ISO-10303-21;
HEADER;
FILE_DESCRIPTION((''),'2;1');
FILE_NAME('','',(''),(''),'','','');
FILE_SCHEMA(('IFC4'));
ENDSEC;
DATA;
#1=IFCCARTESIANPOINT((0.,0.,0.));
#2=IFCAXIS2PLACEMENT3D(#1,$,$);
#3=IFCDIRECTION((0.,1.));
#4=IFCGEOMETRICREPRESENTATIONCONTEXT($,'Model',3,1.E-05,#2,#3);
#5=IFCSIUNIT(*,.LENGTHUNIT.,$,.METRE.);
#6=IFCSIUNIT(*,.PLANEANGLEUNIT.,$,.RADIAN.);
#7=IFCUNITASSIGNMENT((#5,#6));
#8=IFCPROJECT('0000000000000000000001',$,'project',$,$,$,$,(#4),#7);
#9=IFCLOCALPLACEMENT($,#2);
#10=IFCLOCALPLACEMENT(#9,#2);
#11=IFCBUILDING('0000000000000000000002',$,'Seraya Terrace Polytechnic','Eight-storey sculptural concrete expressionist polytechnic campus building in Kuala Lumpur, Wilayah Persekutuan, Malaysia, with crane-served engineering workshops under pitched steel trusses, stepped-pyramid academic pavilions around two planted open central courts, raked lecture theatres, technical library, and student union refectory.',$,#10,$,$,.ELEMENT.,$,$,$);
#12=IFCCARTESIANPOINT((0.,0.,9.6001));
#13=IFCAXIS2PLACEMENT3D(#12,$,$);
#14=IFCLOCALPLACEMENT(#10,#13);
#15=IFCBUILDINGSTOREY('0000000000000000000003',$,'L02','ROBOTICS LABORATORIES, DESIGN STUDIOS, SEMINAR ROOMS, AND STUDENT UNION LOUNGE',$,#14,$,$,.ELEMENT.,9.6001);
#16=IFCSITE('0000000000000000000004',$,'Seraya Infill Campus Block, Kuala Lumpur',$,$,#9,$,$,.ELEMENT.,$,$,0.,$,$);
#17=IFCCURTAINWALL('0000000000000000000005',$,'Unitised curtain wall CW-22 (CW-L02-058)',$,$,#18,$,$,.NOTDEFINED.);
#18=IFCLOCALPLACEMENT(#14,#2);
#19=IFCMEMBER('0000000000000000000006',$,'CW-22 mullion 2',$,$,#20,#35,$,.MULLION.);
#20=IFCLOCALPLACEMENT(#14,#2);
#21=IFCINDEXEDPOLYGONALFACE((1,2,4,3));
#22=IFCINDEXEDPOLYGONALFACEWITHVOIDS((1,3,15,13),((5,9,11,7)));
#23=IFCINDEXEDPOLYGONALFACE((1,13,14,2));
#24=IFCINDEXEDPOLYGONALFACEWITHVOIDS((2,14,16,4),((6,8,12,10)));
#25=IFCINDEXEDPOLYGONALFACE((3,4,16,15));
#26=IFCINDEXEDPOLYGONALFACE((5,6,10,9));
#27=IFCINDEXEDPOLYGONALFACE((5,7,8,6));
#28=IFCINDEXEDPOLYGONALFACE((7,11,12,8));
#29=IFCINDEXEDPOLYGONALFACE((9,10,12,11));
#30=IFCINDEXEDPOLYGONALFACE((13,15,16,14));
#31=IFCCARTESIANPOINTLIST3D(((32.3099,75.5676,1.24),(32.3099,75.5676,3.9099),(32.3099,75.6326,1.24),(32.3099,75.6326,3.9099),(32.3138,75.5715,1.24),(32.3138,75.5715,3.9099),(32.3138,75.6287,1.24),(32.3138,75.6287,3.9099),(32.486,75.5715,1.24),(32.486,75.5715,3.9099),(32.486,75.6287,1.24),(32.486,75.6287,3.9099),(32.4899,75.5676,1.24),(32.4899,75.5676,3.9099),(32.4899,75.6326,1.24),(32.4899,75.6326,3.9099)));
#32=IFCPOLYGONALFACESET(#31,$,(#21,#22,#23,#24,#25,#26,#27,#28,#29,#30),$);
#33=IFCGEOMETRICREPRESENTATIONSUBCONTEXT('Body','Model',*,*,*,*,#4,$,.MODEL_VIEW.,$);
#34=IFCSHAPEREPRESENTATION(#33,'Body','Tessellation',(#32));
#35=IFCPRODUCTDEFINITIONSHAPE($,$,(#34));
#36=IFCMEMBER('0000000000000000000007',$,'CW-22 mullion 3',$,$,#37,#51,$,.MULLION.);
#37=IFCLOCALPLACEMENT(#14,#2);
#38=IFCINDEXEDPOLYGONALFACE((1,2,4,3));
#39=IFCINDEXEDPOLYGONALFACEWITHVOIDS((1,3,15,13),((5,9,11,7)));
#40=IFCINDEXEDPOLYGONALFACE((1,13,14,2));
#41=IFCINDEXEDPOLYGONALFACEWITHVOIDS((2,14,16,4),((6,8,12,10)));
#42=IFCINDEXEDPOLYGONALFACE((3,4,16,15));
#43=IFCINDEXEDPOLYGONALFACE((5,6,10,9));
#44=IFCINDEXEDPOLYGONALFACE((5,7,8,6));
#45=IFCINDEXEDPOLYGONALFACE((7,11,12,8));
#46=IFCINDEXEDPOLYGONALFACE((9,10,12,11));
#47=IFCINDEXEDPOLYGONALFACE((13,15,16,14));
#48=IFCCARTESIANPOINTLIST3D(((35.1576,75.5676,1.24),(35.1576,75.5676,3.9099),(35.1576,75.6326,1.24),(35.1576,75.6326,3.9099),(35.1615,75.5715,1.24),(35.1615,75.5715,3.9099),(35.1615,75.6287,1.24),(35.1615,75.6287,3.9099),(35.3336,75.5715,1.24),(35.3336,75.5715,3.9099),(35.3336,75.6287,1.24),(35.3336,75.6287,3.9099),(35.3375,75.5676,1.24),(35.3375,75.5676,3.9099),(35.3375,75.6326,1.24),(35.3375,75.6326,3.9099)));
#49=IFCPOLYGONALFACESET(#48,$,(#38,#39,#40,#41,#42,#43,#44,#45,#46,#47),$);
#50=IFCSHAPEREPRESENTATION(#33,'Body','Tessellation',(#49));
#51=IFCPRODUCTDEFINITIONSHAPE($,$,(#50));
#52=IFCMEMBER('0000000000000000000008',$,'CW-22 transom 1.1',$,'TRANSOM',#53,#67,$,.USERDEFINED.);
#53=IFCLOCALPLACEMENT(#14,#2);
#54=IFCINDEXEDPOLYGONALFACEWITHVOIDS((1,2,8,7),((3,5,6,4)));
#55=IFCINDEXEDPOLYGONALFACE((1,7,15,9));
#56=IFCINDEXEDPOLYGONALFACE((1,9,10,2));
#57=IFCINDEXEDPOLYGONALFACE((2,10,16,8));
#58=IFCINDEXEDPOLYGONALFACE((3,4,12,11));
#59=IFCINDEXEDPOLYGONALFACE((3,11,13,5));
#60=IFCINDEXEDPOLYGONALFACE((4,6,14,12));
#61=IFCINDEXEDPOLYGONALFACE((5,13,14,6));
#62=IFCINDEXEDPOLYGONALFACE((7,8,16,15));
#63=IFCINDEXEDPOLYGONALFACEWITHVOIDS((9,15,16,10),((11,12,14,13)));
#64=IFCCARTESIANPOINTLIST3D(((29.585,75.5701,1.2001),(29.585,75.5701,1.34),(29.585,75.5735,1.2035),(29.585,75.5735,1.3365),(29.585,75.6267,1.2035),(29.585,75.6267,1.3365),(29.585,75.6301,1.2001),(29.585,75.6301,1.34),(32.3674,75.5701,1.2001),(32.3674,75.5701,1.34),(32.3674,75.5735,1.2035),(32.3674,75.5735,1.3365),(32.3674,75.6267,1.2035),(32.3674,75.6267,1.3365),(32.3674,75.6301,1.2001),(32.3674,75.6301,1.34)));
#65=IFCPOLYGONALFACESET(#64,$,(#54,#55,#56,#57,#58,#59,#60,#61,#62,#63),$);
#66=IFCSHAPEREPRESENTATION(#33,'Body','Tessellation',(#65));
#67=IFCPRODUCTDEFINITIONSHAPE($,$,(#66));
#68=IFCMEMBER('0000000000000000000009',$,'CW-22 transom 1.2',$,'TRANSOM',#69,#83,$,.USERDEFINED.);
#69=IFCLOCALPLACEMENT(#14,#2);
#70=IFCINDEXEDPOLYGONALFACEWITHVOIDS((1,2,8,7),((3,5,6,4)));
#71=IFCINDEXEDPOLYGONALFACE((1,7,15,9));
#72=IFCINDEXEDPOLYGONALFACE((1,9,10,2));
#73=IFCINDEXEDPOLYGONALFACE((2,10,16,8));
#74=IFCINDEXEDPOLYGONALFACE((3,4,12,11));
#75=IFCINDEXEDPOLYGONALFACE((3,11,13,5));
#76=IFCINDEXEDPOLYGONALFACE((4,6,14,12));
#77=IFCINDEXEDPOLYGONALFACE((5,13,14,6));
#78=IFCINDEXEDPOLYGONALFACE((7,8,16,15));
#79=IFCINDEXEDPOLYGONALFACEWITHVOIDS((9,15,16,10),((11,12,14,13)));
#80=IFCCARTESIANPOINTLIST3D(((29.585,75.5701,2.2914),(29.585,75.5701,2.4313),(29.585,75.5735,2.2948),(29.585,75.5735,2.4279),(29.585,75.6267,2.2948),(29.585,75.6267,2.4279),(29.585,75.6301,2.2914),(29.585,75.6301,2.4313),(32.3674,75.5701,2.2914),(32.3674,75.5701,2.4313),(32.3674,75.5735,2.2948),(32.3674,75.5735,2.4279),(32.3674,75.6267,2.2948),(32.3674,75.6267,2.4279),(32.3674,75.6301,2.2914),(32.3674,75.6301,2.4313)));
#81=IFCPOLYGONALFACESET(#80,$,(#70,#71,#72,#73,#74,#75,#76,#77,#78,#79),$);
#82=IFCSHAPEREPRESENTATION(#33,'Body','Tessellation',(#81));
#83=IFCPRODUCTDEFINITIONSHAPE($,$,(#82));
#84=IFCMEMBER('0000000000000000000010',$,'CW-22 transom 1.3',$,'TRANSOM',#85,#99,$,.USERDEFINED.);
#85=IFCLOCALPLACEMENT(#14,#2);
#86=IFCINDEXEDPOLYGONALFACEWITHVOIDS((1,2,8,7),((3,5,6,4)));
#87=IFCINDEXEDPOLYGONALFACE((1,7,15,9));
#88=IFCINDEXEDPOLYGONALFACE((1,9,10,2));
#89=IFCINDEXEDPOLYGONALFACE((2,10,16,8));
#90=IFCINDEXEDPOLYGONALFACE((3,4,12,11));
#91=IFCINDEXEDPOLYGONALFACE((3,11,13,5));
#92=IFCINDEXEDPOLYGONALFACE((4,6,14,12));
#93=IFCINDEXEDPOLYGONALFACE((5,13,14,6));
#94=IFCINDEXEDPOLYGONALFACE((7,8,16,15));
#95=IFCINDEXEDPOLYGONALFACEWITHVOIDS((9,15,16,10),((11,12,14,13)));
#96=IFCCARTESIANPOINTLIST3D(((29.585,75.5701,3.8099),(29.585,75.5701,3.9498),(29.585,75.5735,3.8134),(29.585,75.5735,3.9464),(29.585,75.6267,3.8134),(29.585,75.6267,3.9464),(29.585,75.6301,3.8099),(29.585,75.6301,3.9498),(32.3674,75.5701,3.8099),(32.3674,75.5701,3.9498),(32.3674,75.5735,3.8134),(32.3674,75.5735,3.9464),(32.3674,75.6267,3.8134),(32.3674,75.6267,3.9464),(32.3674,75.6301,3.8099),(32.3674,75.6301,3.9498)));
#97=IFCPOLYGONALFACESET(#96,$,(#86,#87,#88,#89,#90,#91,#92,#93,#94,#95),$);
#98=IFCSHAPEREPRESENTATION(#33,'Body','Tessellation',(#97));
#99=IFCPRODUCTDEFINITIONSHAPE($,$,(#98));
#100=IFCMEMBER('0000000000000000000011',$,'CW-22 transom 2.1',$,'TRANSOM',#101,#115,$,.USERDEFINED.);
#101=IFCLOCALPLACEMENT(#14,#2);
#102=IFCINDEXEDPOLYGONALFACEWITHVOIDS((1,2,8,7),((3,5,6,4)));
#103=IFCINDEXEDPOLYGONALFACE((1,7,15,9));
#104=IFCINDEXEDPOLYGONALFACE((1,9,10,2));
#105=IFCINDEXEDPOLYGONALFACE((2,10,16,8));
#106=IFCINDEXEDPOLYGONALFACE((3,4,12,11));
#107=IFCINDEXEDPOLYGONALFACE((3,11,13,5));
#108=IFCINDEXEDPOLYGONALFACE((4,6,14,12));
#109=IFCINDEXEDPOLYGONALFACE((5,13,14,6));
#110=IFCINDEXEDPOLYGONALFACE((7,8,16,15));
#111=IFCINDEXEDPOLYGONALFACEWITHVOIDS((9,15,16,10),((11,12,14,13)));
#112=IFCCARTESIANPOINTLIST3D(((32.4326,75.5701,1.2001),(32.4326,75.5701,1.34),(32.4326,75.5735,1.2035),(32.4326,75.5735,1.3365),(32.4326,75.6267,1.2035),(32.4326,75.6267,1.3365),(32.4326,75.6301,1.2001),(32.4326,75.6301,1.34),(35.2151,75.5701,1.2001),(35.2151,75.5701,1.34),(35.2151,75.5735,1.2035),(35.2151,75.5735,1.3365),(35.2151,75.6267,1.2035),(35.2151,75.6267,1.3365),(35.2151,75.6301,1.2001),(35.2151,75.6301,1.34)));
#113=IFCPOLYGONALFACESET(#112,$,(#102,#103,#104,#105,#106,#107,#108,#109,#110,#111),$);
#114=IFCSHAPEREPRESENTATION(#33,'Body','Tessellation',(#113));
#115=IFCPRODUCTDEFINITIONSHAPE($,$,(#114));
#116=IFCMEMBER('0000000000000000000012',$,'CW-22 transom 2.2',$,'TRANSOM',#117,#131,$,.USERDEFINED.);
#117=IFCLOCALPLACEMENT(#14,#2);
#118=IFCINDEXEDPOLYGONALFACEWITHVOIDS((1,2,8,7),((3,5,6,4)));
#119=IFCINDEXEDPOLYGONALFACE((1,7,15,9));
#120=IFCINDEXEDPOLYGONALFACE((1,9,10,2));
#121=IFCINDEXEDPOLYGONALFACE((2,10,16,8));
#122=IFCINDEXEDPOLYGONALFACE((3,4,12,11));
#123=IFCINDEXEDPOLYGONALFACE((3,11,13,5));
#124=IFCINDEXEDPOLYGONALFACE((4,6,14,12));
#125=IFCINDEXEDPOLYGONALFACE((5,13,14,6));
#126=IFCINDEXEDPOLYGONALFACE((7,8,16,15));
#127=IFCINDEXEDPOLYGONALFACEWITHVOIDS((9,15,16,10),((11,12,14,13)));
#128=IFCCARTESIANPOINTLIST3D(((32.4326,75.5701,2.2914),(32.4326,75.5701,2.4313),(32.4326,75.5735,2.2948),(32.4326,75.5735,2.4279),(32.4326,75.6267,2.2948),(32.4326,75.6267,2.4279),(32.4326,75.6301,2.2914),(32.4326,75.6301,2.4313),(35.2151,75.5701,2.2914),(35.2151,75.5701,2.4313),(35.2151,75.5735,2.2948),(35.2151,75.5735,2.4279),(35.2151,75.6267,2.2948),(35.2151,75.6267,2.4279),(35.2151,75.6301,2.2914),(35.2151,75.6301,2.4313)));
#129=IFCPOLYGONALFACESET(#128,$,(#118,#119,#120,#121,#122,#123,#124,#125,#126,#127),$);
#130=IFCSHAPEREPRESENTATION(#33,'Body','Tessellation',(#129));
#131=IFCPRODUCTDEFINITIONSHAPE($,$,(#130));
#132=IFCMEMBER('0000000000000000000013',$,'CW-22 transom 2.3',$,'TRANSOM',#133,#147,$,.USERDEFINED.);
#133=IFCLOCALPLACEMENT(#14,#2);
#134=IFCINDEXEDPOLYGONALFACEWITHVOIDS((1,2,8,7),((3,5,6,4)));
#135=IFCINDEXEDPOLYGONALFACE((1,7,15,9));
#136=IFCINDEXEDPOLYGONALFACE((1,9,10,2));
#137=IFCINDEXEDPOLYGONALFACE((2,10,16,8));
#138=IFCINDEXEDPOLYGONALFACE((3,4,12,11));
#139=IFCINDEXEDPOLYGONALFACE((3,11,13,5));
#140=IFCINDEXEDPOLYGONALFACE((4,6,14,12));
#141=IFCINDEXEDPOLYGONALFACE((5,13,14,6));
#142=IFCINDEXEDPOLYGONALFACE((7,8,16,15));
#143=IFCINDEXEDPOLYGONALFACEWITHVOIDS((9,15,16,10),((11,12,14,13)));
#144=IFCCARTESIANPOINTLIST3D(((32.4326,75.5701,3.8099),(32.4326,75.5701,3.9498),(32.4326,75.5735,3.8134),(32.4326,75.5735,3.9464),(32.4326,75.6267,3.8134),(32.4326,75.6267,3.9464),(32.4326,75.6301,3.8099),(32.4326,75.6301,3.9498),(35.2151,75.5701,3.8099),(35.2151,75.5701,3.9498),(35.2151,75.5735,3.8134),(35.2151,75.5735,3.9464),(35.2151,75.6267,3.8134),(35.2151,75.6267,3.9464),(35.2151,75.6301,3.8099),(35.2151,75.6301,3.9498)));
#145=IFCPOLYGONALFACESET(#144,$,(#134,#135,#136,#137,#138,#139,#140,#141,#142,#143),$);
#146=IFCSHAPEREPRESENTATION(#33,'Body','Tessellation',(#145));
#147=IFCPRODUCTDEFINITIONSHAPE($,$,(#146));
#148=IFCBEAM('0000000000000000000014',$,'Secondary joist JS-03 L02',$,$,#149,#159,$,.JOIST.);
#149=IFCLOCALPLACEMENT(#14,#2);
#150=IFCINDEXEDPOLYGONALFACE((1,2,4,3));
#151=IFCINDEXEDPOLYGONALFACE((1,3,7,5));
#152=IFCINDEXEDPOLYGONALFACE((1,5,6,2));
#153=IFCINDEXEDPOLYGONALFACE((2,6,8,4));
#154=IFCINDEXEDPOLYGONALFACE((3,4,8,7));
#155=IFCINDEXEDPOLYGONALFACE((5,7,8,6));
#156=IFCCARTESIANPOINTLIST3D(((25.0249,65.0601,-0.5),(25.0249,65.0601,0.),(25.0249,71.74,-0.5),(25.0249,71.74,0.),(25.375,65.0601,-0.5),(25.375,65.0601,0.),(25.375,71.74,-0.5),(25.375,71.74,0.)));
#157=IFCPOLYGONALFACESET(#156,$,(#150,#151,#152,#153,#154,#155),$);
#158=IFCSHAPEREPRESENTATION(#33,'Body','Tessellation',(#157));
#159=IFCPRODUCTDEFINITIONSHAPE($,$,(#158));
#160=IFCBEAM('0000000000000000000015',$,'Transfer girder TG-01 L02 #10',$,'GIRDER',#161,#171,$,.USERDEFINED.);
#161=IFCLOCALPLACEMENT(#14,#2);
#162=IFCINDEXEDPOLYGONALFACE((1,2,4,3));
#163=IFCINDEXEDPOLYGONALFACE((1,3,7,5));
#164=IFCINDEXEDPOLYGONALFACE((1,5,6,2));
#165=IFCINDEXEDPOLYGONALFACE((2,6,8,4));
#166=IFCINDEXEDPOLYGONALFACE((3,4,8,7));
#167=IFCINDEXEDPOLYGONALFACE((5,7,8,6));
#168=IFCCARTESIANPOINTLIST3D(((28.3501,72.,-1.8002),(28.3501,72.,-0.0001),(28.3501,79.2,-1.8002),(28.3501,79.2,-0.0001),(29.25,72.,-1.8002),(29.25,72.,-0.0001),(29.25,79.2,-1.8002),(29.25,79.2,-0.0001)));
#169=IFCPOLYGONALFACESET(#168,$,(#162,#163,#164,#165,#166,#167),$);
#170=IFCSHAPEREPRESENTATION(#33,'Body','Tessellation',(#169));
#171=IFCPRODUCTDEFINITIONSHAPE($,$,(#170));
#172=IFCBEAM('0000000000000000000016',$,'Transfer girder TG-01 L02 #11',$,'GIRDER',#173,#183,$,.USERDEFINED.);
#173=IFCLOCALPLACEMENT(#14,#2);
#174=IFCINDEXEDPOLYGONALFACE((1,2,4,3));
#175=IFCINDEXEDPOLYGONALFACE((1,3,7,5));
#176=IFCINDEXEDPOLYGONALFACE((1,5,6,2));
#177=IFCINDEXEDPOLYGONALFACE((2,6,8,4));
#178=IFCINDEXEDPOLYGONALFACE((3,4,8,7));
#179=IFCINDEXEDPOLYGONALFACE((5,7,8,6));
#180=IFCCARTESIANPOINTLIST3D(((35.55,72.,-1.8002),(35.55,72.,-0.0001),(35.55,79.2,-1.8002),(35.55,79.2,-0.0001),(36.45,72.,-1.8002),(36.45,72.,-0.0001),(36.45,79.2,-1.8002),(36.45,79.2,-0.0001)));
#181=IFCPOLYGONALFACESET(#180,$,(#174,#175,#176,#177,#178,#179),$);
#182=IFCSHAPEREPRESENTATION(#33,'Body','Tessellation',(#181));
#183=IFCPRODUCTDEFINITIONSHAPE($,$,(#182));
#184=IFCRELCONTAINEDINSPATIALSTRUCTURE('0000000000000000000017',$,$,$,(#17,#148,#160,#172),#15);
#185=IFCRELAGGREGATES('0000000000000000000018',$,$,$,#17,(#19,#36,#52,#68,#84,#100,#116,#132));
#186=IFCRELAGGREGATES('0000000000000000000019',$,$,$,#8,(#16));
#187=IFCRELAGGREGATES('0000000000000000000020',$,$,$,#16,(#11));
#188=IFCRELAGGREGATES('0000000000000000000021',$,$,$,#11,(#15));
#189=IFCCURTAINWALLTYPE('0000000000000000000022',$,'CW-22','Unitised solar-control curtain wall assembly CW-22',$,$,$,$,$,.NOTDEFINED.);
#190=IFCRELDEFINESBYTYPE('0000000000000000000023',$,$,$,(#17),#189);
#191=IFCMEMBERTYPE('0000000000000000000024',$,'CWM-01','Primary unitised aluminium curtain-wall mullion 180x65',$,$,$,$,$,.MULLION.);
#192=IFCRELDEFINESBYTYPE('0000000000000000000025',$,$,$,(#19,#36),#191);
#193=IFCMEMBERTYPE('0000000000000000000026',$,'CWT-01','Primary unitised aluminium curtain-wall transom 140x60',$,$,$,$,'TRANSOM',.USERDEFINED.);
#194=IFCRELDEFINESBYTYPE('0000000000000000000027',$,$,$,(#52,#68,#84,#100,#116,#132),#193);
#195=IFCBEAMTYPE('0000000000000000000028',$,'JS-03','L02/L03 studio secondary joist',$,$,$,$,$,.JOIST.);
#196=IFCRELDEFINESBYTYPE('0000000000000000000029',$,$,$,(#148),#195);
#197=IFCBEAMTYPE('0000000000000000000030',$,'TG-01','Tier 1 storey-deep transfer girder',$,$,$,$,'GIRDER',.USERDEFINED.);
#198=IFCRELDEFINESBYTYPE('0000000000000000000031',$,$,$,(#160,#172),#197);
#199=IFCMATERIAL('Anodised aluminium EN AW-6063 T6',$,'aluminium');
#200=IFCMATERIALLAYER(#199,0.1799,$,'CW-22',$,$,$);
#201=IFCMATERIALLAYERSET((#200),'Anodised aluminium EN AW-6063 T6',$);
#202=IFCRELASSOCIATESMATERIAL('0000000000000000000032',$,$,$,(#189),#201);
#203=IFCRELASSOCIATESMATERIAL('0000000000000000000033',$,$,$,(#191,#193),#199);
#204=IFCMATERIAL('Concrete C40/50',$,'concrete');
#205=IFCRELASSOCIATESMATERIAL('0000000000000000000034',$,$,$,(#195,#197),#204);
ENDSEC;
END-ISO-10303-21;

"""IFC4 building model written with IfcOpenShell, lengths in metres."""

from ifc_helpers import new_model, si_unit, direction, frame, origin, origin_2d, place, context, subcontext, project, spatial, rectangle, hollow_rectangle, extrude, material, layer, layer_set, material_profile, profile_set, type_object, element, aggregate, save


model = new_model("IFC4")

# Units and contexts
model_context = context("Model", 3, precision=1e-05, world=origin(), true_north=direction((0.0, 1.0)))
body_context = subcontext(model_context, "Body", "Model", "MODEL_VIEW")
ifc_project = project(units=[si_unit("LENGTHUNIT", "METRE"), si_unit("PLANEANGLEUNIT", "RADIAN")], contexts=[model_context])

# Site, building, storey
site_placement = place(None, origin())
site = spatial("IfcSite", under=ifc_project, at=site_placement, Name="Seraya Infill Campus Block, Kuala Lumpur", CompositionType="ELEMENT", RefElevation=0.0)
building_placement = place(site_placement, origin())
building = spatial("IfcBuilding", under=site, at=building_placement, Name="Seraya Terrace Polytechnic", Description="Eight-storey sculptural concrete expressionist polytechnic campus building in Kuala Lumpur, Wilayah Persekutuan, Malaysia, with crane-served engineering workshops under pitched steel trusses, stepped-pyramid academic pavilions around two planted open central courts, raked lecture theatres, technical library, and student union refectory.", CompositionType="ELEMENT")
storey_placement = place(building_placement, frame((0.0, 0.0, 9.6001)))
storey = spatial("IfcBuildingStorey", under=building, at=storey_placement, Name="L02", Description="ROBOTICS LABORATORIES, DESIGN STUDIOS, SEMINAR ROOMS, AND STUDENT UNION LOUNGE", CompositionType="ELEMENT", Elevation=9.6001)

# Shared definitions
ifc_material_1 = material(Name="Concrete C40/50", Category="concrete")

# Curtain wall, members
ifc_material_2 = material(Name="Anodised aluminium EN AW-6063 T6", Category="aluminium")
ifc_layer_1 = layer(ifc_material_2, 0.1799, Name="CW-22")
ifc_layer_set_1 = layer_set([ifc_layer_1], Name="Anodised aluminium EN AW-6063 T6")
curtain_wall_type = type_object("IfcCurtainWallType", Name="CW-22", Description="Unitised solar-control curtain wall assembly CW-22", PredefinedType="NOTDEFINED", material=ifc_layer_set_1)
curtain_wall_placement = place(storey_placement, origin())
curtain_wall = element("IfcCurtainWall", 1, at=curtain_wall_placement, inside=storey, type_object=curtain_wall_type, Name="Unitised curtain wall CW-22 (CW-L02-058)", PredefinedType="NOTDEFINED")
ifc_material_profile_1 = material_profile(ifc_material_2, hollow_rectangle(XDim=0.0649, YDim=0.1799, WallThickness=0.0039, at=origin_2d()), Name="RHS 180x65x4.0")
ifc_profile_set_1 = profile_set([ifc_material_profile_1], Name="Anodised aluminium EN AW-6063 T6")
member_type_1 = type_object("IfcMemberType", Name="CWM-01", Description="Primary unitised aluminium curtain-wall mullion 180x65", PredefinedType="MULLION", material=ifc_profile_set_1)
member_1_placement = place(storey_placement, frame((32.3999, 75.6001, 1.24), z_axis=(0.0, 0.0, 1.0), x_axis=(0.0, 1.0, 0.0)))
member_1 = element("IfcMember", 2, at=member_1_placement, type_object=member_type_1, Name="CW-22 mullion 2", PredefinedType="MULLION", context=body_context, shape_type="SweptSolid", body=[
    extrude(hollow_rectangle(XDim=0.0649, YDim=0.1799, WallThickness=0.0039, at=origin_2d()), origin(), (0.0, 0.0, 1.0), 2.6699),
])
member_2_placement = place(storey_placement, frame((35.2476, 75.6001, 1.24), z_axis=(0.0, 0.0, 1.0), x_axis=(0.0, 1.0, 0.0)))
member_2 = element("IfcMember", 3, at=member_2_placement, type_object=member_type_1, Name="CW-22 mullion 3", PredefinedType="MULLION", context=body_context, shape_type="SweptSolid", body=[
    extrude(hollow_rectangle(XDim=0.0649, YDim=0.1799, WallThickness=0.0039, at=origin_2d()), origin(), (0.0, 0.0, 1.0), 2.6699),
])
ifc_material_profile_2 = material_profile(ifc_material_2, hollow_rectangle(XDim=0.0601, YDim=0.1399, WallThickness=0.0034, at=origin_2d()), Name="RHS 140x60x3.5")
ifc_profile_set_2 = profile_set([ifc_material_profile_2], Name="Anodised aluminium EN AW-6063 T6")
member_type_2 = type_object("IfcMemberType", Name="CWT-01", Description="Primary unitised aluminium curtain-wall transom 140x60", ElementType="TRANSOM", PredefinedType="USERDEFINED", material=ifc_profile_set_2)
member_3_placement = place(storey_placement, frame((29.585, 75.6001, 1.27), z_axis=(1.0, 0.0, 0.0), x_axis=(0.0, 1.0, 0.0)))
member_3 = element("IfcMember", 4, at=member_3_placement, type_object=member_type_2, Name="CW-22 transom 1.1", ObjectType="TRANSOM", PredefinedType="USERDEFINED", context=body_context, shape_type="SweptSolid", body=[
    extrude(hollow_rectangle(XDim=0.0601, YDim=0.1399, WallThickness=0.0034, at=origin_2d()), origin(), (0.0, 0.0, 1.0), 2.7825),
])
member_4_placement = place(storey_placement, frame((29.585, 75.6001, 2.3613), z_axis=(1.0, 0.0, 0.0), x_axis=(0.0, 1.0, 0.0)))
member_4 = element("IfcMember", 5, at=member_4_placement, type_object=member_type_2, Name="CW-22 transom 1.2", ObjectType="TRANSOM", PredefinedType="USERDEFINED", context=body_context, shape_type="SweptSolid", body=[
    extrude(hollow_rectangle(XDim=0.0601, YDim=0.1399, WallThickness=0.0034, at=origin_2d()), origin(), (0.0, 0.0, 1.0), 2.7825),
])
member_5_placement = place(storey_placement, frame((29.585, 75.6001, 3.8799), z_axis=(1.0, 0.0, 0.0), x_axis=(0.0, 1.0, 0.0)))
member_5 = element("IfcMember", 6, at=member_5_placement, type_object=member_type_2, Name="CW-22 transom 1.3", ObjectType="TRANSOM", PredefinedType="USERDEFINED", context=body_context, shape_type="SweptSolid", body=[
    extrude(hollow_rectangle(XDim=0.0601, YDim=0.1399, WallThickness=0.0034, at=origin_2d()), origin(), (0.0, 0.0, 1.0), 2.7825),
])
member_6_placement = place(storey_placement, frame((32.4326, 75.6001, 1.27), z_axis=(1.0, 0.0, 0.0), x_axis=(0.0, 1.0, 0.0)))
member_6 = element("IfcMember", 7, at=member_6_placement, type_object=member_type_2, Name="CW-22 transom 2.1", ObjectType="TRANSOM", PredefinedType="USERDEFINED", context=body_context, shape_type="SweptSolid", body=[
    extrude(hollow_rectangle(XDim=0.0601, YDim=0.1399, WallThickness=0.0034, at=origin_2d()), origin(), (0.0, 0.0, 1.0), 2.7825),
])
member_7_placement = place(storey_placement, frame((32.4326, 75.6001, 2.3613), z_axis=(1.0, 0.0, 0.0), x_axis=(0.0, 1.0, 0.0)))
member_7 = element("IfcMember", 8, at=member_7_placement, type_object=member_type_2, Name="CW-22 transom 2.2", ObjectType="TRANSOM", PredefinedType="USERDEFINED", context=body_context, shape_type="SweptSolid", body=[
    extrude(hollow_rectangle(XDim=0.0601, YDim=0.1399, WallThickness=0.0034, at=origin_2d()), origin(), (0.0, 0.0, 1.0), 2.7825),
])
member_8_placement = place(storey_placement, frame((32.4326, 75.6001, 3.8799), z_axis=(1.0, 0.0, 0.0), x_axis=(0.0, 1.0, 0.0)))
member_8 = element("IfcMember", 9, at=member_8_placement, type_object=member_type_2, Name="CW-22 transom 2.3", ObjectType="TRANSOM", PredefinedType="USERDEFINED", context=body_context, shape_type="SweptSolid", body=[
    extrude(hollow_rectangle(XDim=0.0601, YDim=0.1399, WallThickness=0.0034, at=origin_2d()), origin(), (0.0, 0.0, 1.0), 2.7825),
])

# Beams
ifc_material_profile_3 = material_profile(ifc_material_1, rectangle(XDim=0.3501, YDim=0.5, at=origin_2d()), Name="RC 350x500")
ifc_profile_set_3 = profile_set([ifc_material_profile_3], Name="Concrete C40/50")
beam_type_1 = type_object("IfcBeamType", Name="JS-03", Description="L02/L03 studio secondary joist", PredefinedType="JOIST", material=ifc_profile_set_3)
beam_placement = place(storey_placement, frame((25.2, 65.0601, -0.25), z_axis=(0.0, 1.0, 0.0), x_axis=(-1.0, 0.0, 0.0)))
element("IfcBeam", 10, at=beam_placement, inside=storey, type_object=beam_type_1, Name="Secondary joist JS-03 L02", PredefinedType="JOIST", context=body_context, shape_type="SweptSolid", body=[
    extrude(rectangle(XDim=0.3501, YDim=0.5, at=origin_2d()), origin(), (0.0, 0.0, 1.0), 6.6799),
])
ifc_material_profile_4 = material_profile(ifc_material_1, rectangle(XDim=0.8999, YDim=1.8, at=origin_2d()), Name="RC 900x1800")
ifc_profile_set_4 = profile_set([ifc_material_profile_4], Name="Concrete C40/50")
beam_type_2 = type_object("IfcBeamType", Name="TG-01", Description="Tier 1 storey-deep transfer girder", ElementType="GIRDER", PredefinedType="USERDEFINED", material=ifc_profile_set_4)
for number, where, z_axis, x_axis, name in (
    (11, (28.8, 72.0, -0.9001), (0.0, 1.0, 0.0), (-1.0, 0.0, 0.0), "Transfer girder TG-01 L02 #10"),
    (12, (36.0, 72.0, -0.9001), (0.0, 1.0, 0.0), (-1.0, 0.0, 0.0), "Transfer girder TG-01 L02 #11"),
):
    element("IfcBeam", number, at=place(storey_placement, frame(where, z_axis=z_axis, x_axis=x_axis)), inside=storey, type_object=beam_type_2, Name=name, ObjectType="GIRDER", PredefinedType="USERDEFINED", context=body_context, shape_type="SweptSolid", body=[
        extrude(rectangle(XDim=0.8999, YDim=1.8, at=origin_2d()), origin(), (0.0, 0.0, 1.0), 7.2),
    ])

aggregate(curtain_wall, [member_1, member_2, member_3, member_4, member_5, member_6, member_7, member_8])

save(model, "model.ifc")
